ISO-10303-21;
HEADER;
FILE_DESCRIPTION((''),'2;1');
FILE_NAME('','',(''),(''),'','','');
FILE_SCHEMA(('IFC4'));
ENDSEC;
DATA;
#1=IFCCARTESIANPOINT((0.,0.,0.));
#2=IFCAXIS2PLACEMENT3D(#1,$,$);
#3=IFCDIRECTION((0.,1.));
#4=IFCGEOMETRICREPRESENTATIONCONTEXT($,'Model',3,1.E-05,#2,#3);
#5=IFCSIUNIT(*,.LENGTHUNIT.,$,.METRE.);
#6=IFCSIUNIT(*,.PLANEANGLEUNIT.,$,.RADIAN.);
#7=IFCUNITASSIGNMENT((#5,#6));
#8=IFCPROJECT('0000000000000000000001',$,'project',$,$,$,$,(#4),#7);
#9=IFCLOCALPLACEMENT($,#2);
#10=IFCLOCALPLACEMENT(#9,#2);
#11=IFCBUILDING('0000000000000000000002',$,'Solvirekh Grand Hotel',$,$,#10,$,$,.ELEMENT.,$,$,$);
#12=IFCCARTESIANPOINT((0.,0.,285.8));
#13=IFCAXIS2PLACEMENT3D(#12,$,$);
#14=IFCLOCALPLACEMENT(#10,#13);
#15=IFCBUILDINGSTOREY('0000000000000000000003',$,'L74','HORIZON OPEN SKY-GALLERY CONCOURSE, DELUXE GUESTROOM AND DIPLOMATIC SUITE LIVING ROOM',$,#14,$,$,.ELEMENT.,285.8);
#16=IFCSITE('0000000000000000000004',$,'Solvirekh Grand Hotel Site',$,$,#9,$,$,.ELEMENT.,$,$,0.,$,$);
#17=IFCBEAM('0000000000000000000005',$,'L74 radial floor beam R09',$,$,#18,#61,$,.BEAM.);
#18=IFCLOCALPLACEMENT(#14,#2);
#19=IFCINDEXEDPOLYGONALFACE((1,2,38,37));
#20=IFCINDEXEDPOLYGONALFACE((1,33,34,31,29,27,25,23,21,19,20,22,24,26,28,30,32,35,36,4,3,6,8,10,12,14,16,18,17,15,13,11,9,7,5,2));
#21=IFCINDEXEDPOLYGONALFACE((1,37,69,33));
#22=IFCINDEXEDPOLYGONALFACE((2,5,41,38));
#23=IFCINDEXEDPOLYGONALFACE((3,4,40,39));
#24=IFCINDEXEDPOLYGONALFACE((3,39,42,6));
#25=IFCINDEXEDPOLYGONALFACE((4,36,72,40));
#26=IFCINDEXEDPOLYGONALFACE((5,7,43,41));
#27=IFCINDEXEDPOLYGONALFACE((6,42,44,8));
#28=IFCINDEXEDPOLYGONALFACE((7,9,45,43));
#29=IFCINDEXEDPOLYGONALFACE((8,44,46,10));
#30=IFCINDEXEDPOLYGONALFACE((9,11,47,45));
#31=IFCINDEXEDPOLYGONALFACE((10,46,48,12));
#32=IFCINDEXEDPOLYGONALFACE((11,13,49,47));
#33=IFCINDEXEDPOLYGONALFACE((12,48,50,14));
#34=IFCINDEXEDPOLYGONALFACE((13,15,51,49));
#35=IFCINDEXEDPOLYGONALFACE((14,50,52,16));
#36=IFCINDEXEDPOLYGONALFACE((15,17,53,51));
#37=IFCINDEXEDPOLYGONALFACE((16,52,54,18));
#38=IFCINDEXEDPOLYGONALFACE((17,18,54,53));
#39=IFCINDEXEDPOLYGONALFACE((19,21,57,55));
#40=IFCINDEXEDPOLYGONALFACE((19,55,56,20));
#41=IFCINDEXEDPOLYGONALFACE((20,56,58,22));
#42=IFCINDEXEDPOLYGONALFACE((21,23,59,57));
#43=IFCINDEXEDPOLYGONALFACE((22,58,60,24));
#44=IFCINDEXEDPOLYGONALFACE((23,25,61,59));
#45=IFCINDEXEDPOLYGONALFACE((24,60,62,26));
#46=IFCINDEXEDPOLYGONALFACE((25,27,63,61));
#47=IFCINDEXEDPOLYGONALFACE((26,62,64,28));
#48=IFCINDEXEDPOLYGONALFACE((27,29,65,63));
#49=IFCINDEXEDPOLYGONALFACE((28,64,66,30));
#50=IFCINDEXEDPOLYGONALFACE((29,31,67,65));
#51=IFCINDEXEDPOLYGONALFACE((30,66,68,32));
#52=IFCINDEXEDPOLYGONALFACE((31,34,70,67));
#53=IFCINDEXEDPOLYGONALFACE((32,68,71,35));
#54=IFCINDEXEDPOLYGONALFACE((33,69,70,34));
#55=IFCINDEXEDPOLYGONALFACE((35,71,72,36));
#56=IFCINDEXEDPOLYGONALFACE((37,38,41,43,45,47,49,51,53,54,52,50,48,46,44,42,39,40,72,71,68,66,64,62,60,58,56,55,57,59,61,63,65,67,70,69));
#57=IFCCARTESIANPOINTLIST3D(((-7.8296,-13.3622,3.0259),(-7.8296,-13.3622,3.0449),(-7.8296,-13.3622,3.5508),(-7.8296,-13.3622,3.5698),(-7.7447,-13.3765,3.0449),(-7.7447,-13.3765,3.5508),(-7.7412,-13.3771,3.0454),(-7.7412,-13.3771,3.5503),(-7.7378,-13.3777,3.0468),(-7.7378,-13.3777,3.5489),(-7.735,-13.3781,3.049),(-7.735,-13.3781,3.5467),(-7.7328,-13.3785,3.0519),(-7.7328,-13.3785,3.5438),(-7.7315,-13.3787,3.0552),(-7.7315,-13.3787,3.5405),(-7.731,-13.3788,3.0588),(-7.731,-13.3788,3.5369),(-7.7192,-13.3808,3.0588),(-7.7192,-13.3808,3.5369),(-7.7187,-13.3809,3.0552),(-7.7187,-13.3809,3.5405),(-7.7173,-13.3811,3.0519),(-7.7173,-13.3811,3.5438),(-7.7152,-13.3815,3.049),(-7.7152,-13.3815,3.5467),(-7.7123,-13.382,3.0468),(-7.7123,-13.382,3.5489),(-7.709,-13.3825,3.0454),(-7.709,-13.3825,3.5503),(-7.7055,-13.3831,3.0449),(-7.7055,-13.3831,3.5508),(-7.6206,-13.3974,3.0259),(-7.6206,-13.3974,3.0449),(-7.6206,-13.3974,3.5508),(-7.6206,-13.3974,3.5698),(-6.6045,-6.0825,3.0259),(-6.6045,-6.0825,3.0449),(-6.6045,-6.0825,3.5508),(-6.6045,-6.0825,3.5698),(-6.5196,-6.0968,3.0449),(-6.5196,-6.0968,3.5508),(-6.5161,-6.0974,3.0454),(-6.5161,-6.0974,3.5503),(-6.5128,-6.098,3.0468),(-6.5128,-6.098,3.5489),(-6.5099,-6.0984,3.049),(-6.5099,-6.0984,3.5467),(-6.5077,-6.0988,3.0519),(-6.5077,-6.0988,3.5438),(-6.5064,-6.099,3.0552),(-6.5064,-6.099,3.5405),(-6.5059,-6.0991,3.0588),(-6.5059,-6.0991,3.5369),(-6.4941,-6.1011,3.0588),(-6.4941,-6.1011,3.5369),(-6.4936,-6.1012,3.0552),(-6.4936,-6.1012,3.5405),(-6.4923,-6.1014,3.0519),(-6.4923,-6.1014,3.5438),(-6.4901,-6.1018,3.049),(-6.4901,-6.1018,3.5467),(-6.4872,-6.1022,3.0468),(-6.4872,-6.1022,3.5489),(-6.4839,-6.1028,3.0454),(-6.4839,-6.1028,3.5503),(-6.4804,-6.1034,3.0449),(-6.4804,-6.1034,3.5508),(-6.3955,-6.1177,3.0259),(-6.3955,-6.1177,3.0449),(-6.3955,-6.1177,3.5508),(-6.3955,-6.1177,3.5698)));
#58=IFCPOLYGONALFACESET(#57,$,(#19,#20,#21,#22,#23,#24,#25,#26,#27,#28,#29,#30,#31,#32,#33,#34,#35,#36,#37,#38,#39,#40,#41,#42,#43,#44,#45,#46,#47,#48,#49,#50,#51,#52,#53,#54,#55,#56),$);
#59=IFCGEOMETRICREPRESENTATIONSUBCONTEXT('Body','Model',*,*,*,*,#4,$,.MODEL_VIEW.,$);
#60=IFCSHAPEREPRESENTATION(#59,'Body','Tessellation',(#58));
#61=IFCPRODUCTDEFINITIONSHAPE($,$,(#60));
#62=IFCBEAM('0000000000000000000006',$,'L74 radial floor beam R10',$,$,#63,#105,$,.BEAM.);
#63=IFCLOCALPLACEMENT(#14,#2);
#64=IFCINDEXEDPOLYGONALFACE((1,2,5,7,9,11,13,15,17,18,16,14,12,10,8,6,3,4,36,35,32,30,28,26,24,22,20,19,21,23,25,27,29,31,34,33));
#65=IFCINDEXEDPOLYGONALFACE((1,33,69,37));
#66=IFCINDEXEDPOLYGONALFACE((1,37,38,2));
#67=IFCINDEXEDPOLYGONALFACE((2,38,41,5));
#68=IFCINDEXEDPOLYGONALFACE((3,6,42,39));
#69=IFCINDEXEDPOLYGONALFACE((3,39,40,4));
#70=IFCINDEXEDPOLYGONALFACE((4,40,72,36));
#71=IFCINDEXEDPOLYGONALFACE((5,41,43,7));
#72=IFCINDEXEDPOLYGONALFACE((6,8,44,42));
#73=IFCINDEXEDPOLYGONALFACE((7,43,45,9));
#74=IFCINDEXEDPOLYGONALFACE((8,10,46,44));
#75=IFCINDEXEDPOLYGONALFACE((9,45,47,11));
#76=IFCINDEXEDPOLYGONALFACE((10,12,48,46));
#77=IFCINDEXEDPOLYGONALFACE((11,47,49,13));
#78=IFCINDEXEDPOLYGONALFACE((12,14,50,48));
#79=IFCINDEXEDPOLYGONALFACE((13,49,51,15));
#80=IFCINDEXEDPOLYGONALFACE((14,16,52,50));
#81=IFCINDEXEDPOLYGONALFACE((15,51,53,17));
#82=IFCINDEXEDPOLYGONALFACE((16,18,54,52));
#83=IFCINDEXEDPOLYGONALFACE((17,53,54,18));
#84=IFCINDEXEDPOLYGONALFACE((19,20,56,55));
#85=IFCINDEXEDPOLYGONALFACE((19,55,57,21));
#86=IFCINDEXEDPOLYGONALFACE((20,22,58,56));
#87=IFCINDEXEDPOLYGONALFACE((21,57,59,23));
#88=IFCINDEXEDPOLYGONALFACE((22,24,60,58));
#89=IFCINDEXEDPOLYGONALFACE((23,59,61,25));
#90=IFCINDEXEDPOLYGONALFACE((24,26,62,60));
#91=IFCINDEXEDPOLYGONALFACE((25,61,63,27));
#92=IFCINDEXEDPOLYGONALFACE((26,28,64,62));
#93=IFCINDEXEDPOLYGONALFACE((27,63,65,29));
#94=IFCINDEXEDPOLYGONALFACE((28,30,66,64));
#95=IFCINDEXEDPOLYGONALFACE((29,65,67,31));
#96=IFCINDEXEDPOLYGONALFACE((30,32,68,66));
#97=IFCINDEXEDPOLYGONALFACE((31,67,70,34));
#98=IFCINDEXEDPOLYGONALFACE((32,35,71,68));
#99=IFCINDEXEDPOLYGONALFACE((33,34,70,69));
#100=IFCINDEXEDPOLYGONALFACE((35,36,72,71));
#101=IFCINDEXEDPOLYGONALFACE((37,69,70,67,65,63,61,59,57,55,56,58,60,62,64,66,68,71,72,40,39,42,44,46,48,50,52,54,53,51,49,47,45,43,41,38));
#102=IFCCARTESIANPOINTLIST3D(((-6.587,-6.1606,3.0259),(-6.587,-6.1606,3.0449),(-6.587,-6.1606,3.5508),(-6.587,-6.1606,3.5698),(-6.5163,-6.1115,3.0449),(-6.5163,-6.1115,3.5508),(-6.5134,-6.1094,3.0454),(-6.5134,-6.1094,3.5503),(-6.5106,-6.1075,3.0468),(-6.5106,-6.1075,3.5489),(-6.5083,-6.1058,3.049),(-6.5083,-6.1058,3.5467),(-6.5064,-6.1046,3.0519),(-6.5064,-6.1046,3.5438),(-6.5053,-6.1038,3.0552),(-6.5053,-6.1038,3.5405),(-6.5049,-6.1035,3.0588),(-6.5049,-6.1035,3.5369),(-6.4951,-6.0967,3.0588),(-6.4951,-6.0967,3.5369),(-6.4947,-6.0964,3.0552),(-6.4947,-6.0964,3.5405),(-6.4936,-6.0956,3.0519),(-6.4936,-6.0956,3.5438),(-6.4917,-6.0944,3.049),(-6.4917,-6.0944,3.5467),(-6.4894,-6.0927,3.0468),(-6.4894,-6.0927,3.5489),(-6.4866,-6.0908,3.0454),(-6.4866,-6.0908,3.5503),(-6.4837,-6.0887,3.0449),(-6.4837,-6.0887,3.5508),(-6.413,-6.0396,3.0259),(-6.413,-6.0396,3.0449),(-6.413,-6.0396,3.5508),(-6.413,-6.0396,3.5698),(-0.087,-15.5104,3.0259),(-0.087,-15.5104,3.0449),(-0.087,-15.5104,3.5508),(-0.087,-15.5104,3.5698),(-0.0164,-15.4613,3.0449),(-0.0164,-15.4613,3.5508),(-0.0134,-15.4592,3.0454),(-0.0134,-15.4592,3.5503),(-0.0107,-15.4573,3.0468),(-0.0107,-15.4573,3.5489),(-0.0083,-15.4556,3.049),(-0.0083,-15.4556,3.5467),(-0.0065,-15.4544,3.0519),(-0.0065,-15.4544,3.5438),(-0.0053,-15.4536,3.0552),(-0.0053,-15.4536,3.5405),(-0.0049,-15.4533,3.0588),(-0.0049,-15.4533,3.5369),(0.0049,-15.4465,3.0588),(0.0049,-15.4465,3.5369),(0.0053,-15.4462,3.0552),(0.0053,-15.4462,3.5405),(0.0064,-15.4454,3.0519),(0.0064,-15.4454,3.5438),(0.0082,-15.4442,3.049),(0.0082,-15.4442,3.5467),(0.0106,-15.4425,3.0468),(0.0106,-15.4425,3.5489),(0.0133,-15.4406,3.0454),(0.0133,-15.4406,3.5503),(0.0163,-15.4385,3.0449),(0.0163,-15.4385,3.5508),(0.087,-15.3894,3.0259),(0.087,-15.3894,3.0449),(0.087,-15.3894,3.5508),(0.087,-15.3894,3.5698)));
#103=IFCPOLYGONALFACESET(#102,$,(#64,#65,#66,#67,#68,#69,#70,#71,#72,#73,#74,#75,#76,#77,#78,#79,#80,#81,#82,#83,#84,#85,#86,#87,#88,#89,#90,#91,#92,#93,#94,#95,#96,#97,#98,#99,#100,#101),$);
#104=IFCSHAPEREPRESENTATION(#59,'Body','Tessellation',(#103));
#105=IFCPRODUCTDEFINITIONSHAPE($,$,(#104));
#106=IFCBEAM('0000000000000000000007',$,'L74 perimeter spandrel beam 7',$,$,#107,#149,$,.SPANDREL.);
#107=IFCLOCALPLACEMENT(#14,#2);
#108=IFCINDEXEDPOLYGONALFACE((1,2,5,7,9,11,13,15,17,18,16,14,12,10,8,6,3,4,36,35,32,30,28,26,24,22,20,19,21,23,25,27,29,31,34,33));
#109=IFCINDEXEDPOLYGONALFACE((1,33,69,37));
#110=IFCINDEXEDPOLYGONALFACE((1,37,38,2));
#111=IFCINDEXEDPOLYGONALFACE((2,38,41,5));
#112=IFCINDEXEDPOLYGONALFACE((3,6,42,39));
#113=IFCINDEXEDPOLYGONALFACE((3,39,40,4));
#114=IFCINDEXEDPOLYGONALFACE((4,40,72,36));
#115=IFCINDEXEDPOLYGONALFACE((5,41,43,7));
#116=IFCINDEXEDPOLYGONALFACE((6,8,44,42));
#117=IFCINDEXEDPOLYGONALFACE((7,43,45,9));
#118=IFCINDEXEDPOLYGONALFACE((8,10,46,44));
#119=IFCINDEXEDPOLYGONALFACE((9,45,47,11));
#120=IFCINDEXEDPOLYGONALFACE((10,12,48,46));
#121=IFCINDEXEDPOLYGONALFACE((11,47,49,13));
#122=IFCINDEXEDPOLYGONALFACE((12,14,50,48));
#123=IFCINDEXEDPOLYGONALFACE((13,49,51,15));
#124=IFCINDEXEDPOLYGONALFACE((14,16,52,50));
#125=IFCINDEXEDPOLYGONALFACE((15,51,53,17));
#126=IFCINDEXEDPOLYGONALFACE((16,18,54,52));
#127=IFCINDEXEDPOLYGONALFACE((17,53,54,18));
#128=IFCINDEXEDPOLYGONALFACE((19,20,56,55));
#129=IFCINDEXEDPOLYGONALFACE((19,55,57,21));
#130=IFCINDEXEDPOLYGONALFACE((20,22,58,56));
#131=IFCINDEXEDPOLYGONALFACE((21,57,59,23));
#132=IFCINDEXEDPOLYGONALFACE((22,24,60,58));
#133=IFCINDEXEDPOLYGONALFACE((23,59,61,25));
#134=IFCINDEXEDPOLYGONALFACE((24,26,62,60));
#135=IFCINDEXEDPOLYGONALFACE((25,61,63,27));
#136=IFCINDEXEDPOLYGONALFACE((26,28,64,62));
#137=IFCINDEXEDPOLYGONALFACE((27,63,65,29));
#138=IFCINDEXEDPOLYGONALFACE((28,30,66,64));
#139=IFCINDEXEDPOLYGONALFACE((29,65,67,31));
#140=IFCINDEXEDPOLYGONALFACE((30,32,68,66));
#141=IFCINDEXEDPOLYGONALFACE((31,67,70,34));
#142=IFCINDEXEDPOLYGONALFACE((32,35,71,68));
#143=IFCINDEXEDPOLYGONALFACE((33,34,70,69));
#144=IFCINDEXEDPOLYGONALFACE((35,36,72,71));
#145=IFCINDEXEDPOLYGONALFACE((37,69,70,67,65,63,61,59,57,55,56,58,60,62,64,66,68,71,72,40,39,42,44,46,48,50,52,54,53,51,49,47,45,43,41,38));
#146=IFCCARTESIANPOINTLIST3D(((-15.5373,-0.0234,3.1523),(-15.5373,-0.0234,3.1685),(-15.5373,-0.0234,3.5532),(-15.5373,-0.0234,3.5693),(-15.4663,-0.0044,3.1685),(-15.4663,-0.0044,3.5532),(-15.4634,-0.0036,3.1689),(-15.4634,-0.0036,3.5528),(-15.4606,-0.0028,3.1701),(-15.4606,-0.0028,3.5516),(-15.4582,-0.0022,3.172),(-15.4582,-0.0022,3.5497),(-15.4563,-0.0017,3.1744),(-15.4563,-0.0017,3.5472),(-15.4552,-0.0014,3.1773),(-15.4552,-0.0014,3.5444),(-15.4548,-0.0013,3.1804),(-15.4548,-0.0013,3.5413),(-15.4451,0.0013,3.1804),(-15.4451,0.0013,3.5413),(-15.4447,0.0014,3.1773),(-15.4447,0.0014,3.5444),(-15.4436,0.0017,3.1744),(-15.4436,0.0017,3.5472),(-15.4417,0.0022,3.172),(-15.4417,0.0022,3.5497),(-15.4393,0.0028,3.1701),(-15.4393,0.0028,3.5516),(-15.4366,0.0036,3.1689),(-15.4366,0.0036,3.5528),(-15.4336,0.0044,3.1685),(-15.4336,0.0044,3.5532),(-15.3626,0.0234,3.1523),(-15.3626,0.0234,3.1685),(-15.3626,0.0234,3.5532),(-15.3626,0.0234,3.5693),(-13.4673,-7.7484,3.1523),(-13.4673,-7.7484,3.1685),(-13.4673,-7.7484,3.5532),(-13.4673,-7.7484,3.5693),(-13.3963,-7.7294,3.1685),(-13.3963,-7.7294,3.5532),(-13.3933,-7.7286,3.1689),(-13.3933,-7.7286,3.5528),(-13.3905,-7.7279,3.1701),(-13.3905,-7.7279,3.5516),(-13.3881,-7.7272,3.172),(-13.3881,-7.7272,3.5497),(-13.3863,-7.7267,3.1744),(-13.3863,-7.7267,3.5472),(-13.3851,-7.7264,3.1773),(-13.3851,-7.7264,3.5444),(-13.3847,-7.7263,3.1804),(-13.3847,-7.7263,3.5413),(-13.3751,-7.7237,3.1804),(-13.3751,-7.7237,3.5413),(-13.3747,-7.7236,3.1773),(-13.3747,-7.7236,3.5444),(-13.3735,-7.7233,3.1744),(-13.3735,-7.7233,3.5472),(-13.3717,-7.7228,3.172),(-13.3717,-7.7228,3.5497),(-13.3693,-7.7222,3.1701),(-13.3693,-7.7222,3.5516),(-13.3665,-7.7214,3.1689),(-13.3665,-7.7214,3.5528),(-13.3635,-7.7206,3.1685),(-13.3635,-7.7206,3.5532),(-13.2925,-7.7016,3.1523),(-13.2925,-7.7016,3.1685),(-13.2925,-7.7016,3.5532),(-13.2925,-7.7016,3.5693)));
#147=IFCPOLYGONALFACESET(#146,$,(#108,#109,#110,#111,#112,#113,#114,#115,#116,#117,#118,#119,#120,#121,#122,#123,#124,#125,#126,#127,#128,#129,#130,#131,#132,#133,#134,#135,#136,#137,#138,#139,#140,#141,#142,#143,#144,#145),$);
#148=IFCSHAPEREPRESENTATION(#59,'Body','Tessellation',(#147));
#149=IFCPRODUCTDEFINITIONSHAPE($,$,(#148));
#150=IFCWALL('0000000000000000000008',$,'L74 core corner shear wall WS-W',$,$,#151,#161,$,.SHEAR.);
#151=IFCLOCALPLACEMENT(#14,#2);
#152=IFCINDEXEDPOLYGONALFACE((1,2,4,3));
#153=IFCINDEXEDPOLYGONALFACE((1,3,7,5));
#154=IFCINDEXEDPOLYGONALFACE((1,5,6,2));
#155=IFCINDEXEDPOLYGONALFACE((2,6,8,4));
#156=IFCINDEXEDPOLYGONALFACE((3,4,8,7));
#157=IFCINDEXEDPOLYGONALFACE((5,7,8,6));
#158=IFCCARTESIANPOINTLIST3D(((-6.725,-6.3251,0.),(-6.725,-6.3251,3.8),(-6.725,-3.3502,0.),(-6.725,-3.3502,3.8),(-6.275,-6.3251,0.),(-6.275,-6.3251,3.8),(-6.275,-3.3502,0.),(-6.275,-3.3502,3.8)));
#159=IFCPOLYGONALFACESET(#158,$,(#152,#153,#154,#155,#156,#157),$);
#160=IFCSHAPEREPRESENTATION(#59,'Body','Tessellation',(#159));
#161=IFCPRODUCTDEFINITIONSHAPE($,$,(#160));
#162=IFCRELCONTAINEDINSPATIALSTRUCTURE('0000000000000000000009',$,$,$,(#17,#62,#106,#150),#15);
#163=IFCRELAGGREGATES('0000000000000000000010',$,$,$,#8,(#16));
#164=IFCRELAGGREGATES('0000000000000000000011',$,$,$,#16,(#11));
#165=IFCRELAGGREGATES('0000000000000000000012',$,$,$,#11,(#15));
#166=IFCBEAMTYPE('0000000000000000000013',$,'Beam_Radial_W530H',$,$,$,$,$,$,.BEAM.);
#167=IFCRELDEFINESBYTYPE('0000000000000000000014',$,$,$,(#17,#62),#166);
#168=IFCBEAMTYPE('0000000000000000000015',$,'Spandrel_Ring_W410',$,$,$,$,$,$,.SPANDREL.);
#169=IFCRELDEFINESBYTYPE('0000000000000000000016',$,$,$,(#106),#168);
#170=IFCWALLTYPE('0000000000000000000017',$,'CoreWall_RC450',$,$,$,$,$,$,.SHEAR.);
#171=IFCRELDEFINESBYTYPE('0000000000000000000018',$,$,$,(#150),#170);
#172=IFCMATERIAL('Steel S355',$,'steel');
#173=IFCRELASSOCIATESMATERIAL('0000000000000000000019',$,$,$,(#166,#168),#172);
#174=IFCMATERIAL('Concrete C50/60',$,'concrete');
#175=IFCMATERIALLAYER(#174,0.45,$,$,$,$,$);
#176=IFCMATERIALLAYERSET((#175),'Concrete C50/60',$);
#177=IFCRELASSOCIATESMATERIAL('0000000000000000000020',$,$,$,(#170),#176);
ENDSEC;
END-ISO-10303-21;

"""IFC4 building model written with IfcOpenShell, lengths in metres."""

from ifc_helpers import new_model, si_unit, direction, frame, frame_2d, origin, origin_2d, place, context, subcontext, project, spatial, rectangle, i_section, extrude, material, layer, layer_set, material_profile, profile_set, type_object, element, save


model = new_model("IFC4")

# Units and contexts
model_context = context("Model", 3, precision=1e-05, world=origin(), true_north=direction((0.0, 1.0)))
body_context = subcontext(model_context, "Body", "Model", "MODEL_VIEW")
ifc_project = project(units=[si_unit("LENGTHUNIT", "METRE"), si_unit("PLANEANGLEUNIT", "RADIAN")], contexts=[model_context])

# Site, building, storey
site_placement = place(None, origin())
site = spatial("IfcSite", under=ifc_project, at=site_placement, Name="Solvirekh Grand Hotel Site", CompositionType="ELEMENT", RefElevation=0.0)
building_placement = place(site_placement, origin())
building = spatial("IfcBuilding", under=site, at=building_placement, Name="Solvirekh Grand Hotel", CompositionType="ELEMENT")
storey_placement = place(building_placement, frame((0.0, 0.0, 285.8)))
storey = spatial("IfcBuildingStorey", under=building, at=storey_placement, Name="L74", Description="HORIZON OPEN SKY-GALLERY CONCOURSE, DELUXE GUESTROOM AND DIPLOMATIC SUITE LIVING ROOM", CompositionType="ELEMENT", Elevation=285.8)

# Shared definitions
ifc_material_1 = material(Name="Concrete C50/60", Category="concrete")

# Beams
ifc_material_2 = material(Name="Steel S355", Category="steel")
ifc_material_profile_1 = material_profile(ifc_material_2, i_section(OverallWidth=0.2119, OverallDepth=0.5439, WebThickness=0.012, FlangeThickness=0.019, FilletRadius=0.0139, at=origin_2d()), Name="W530X123")
ifc_profile_set_1 = profile_set([ifc_material_profile_1], Name="Steel S355")
beam_type_1 = type_object("IfcBeamType", Name="Beam_Radial_W530H", PredefinedType="BEAM", material=ifc_profile_set_1)
beam_1_placement = place(storey_placement, frame((-6.5, -6.1001, 3.2979), z_axis=(-0.165954, -0.986133, 0.0), x_axis=(0.986133, -0.165954, 0.0)))
element("IfcBeam", 1, at=beam_1_placement, inside=storey, type_object=beam_type_1, Name="L74 radial floor beam R09", PredefinedType="BEAM", context=body_context, shape_type="SweptSolid", body=[
    extrude(i_section(OverallWidth=0.2119, OverallDepth=0.5439, WebThickness=0.012, FlangeThickness=0.019, FilletRadius=0.0139, at=origin_2d()), origin(), (0.0, 0.0, 1.0), 7.3821),
])
beam_2_placement = place(storey_placement, frame((-6.5, -6.1001, 3.2979), z_axis=(0.570813, -0.82108, 0.0), x_axis=(0.82108, 0.570813, 0.0)))
element("IfcBeam", 2, at=beam_2_placement, inside=storey, type_object=beam_type_1, Name="L74 radial floor beam R10", PredefinedType="BEAM", context=body_context, shape_type="SweptSolid", body=[
    extrude(i_section(OverallWidth=0.2119, OverallDepth=0.5439, WebThickness=0.012, FlangeThickness=0.019, FilletRadius=0.0139, at=origin_2d()), origin(), (0.0, 0.0, 1.0), 11.3872),
])
ifc_material_profile_2 = material_profile(ifc_material_2, i_section(OverallWidth=0.1809, OverallDepth=0.417, WebThickness=0.01, FlangeThickness=0.0161, FilletRadius=0.012, at=origin_2d()), Name="W410X85")
ifc_profile_set_2 = profile_set([ifc_material_profile_2], Name="Steel S355")
beam_type_2 = type_object("IfcBeamType", Name="Spandrel_Ring_W410", PredefinedType="SPANDREL", material=ifc_profile_set_2)
beam_3_placement = place(storey_placement, frame((-15.45, 0.0, 3.3608), z_axis=(0.258835, -0.965922, 0.0), x_axis=(0.965922, 0.258835, 0.0)))
element("IfcBeam", 3, at=beam_3_placement, inside=storey, type_object=beam_type_2, Name="L74 perimeter spandrel beam 7", PredefinedType="SPANDREL", context=body_context, shape_type="SweptSolid", body=[
    extrude(i_section(OverallWidth=0.1809, OverallDepth=0.417, WebThickness=0.01, FlangeThickness=0.0161, FilletRadius=0.012, at=origin_2d()), origin(), (0.0, 0.0, 1.0), 7.9976),
])

# Wall
ifc_layer_1 = layer(ifc_material_1, 0.45)
ifc_layer_set_1 = layer_set([ifc_layer_1], Name="Concrete C50/60")
wall_type_1 = type_object("IfcWallType", Name="CoreWall_RC450", PredefinedType="SHEAR", material=ifc_layer_set_1)
wall_1_placement = place(storey_placement, frame((-6.5, -6.325, 0.0), z_axis=(0.0, 0.0, 1.0), x_axis=(0.0, 1.0, 0.0)))
element("IfcWall", 4, at=wall_1_placement, inside=storey, type_object=wall_type_1, Name="L74 core corner shear wall WS-W", PredefinedType="SHEAR", context=body_context, shape_type="SweptSolid", body=[
    extrude(rectangle(XDim=2.9749, YDim=0.45, at=frame_2d((1.4873, 0.0))), origin(), (0.0, 0.0, 1.0), 3.8),
])

save(model, "model.ifc")
